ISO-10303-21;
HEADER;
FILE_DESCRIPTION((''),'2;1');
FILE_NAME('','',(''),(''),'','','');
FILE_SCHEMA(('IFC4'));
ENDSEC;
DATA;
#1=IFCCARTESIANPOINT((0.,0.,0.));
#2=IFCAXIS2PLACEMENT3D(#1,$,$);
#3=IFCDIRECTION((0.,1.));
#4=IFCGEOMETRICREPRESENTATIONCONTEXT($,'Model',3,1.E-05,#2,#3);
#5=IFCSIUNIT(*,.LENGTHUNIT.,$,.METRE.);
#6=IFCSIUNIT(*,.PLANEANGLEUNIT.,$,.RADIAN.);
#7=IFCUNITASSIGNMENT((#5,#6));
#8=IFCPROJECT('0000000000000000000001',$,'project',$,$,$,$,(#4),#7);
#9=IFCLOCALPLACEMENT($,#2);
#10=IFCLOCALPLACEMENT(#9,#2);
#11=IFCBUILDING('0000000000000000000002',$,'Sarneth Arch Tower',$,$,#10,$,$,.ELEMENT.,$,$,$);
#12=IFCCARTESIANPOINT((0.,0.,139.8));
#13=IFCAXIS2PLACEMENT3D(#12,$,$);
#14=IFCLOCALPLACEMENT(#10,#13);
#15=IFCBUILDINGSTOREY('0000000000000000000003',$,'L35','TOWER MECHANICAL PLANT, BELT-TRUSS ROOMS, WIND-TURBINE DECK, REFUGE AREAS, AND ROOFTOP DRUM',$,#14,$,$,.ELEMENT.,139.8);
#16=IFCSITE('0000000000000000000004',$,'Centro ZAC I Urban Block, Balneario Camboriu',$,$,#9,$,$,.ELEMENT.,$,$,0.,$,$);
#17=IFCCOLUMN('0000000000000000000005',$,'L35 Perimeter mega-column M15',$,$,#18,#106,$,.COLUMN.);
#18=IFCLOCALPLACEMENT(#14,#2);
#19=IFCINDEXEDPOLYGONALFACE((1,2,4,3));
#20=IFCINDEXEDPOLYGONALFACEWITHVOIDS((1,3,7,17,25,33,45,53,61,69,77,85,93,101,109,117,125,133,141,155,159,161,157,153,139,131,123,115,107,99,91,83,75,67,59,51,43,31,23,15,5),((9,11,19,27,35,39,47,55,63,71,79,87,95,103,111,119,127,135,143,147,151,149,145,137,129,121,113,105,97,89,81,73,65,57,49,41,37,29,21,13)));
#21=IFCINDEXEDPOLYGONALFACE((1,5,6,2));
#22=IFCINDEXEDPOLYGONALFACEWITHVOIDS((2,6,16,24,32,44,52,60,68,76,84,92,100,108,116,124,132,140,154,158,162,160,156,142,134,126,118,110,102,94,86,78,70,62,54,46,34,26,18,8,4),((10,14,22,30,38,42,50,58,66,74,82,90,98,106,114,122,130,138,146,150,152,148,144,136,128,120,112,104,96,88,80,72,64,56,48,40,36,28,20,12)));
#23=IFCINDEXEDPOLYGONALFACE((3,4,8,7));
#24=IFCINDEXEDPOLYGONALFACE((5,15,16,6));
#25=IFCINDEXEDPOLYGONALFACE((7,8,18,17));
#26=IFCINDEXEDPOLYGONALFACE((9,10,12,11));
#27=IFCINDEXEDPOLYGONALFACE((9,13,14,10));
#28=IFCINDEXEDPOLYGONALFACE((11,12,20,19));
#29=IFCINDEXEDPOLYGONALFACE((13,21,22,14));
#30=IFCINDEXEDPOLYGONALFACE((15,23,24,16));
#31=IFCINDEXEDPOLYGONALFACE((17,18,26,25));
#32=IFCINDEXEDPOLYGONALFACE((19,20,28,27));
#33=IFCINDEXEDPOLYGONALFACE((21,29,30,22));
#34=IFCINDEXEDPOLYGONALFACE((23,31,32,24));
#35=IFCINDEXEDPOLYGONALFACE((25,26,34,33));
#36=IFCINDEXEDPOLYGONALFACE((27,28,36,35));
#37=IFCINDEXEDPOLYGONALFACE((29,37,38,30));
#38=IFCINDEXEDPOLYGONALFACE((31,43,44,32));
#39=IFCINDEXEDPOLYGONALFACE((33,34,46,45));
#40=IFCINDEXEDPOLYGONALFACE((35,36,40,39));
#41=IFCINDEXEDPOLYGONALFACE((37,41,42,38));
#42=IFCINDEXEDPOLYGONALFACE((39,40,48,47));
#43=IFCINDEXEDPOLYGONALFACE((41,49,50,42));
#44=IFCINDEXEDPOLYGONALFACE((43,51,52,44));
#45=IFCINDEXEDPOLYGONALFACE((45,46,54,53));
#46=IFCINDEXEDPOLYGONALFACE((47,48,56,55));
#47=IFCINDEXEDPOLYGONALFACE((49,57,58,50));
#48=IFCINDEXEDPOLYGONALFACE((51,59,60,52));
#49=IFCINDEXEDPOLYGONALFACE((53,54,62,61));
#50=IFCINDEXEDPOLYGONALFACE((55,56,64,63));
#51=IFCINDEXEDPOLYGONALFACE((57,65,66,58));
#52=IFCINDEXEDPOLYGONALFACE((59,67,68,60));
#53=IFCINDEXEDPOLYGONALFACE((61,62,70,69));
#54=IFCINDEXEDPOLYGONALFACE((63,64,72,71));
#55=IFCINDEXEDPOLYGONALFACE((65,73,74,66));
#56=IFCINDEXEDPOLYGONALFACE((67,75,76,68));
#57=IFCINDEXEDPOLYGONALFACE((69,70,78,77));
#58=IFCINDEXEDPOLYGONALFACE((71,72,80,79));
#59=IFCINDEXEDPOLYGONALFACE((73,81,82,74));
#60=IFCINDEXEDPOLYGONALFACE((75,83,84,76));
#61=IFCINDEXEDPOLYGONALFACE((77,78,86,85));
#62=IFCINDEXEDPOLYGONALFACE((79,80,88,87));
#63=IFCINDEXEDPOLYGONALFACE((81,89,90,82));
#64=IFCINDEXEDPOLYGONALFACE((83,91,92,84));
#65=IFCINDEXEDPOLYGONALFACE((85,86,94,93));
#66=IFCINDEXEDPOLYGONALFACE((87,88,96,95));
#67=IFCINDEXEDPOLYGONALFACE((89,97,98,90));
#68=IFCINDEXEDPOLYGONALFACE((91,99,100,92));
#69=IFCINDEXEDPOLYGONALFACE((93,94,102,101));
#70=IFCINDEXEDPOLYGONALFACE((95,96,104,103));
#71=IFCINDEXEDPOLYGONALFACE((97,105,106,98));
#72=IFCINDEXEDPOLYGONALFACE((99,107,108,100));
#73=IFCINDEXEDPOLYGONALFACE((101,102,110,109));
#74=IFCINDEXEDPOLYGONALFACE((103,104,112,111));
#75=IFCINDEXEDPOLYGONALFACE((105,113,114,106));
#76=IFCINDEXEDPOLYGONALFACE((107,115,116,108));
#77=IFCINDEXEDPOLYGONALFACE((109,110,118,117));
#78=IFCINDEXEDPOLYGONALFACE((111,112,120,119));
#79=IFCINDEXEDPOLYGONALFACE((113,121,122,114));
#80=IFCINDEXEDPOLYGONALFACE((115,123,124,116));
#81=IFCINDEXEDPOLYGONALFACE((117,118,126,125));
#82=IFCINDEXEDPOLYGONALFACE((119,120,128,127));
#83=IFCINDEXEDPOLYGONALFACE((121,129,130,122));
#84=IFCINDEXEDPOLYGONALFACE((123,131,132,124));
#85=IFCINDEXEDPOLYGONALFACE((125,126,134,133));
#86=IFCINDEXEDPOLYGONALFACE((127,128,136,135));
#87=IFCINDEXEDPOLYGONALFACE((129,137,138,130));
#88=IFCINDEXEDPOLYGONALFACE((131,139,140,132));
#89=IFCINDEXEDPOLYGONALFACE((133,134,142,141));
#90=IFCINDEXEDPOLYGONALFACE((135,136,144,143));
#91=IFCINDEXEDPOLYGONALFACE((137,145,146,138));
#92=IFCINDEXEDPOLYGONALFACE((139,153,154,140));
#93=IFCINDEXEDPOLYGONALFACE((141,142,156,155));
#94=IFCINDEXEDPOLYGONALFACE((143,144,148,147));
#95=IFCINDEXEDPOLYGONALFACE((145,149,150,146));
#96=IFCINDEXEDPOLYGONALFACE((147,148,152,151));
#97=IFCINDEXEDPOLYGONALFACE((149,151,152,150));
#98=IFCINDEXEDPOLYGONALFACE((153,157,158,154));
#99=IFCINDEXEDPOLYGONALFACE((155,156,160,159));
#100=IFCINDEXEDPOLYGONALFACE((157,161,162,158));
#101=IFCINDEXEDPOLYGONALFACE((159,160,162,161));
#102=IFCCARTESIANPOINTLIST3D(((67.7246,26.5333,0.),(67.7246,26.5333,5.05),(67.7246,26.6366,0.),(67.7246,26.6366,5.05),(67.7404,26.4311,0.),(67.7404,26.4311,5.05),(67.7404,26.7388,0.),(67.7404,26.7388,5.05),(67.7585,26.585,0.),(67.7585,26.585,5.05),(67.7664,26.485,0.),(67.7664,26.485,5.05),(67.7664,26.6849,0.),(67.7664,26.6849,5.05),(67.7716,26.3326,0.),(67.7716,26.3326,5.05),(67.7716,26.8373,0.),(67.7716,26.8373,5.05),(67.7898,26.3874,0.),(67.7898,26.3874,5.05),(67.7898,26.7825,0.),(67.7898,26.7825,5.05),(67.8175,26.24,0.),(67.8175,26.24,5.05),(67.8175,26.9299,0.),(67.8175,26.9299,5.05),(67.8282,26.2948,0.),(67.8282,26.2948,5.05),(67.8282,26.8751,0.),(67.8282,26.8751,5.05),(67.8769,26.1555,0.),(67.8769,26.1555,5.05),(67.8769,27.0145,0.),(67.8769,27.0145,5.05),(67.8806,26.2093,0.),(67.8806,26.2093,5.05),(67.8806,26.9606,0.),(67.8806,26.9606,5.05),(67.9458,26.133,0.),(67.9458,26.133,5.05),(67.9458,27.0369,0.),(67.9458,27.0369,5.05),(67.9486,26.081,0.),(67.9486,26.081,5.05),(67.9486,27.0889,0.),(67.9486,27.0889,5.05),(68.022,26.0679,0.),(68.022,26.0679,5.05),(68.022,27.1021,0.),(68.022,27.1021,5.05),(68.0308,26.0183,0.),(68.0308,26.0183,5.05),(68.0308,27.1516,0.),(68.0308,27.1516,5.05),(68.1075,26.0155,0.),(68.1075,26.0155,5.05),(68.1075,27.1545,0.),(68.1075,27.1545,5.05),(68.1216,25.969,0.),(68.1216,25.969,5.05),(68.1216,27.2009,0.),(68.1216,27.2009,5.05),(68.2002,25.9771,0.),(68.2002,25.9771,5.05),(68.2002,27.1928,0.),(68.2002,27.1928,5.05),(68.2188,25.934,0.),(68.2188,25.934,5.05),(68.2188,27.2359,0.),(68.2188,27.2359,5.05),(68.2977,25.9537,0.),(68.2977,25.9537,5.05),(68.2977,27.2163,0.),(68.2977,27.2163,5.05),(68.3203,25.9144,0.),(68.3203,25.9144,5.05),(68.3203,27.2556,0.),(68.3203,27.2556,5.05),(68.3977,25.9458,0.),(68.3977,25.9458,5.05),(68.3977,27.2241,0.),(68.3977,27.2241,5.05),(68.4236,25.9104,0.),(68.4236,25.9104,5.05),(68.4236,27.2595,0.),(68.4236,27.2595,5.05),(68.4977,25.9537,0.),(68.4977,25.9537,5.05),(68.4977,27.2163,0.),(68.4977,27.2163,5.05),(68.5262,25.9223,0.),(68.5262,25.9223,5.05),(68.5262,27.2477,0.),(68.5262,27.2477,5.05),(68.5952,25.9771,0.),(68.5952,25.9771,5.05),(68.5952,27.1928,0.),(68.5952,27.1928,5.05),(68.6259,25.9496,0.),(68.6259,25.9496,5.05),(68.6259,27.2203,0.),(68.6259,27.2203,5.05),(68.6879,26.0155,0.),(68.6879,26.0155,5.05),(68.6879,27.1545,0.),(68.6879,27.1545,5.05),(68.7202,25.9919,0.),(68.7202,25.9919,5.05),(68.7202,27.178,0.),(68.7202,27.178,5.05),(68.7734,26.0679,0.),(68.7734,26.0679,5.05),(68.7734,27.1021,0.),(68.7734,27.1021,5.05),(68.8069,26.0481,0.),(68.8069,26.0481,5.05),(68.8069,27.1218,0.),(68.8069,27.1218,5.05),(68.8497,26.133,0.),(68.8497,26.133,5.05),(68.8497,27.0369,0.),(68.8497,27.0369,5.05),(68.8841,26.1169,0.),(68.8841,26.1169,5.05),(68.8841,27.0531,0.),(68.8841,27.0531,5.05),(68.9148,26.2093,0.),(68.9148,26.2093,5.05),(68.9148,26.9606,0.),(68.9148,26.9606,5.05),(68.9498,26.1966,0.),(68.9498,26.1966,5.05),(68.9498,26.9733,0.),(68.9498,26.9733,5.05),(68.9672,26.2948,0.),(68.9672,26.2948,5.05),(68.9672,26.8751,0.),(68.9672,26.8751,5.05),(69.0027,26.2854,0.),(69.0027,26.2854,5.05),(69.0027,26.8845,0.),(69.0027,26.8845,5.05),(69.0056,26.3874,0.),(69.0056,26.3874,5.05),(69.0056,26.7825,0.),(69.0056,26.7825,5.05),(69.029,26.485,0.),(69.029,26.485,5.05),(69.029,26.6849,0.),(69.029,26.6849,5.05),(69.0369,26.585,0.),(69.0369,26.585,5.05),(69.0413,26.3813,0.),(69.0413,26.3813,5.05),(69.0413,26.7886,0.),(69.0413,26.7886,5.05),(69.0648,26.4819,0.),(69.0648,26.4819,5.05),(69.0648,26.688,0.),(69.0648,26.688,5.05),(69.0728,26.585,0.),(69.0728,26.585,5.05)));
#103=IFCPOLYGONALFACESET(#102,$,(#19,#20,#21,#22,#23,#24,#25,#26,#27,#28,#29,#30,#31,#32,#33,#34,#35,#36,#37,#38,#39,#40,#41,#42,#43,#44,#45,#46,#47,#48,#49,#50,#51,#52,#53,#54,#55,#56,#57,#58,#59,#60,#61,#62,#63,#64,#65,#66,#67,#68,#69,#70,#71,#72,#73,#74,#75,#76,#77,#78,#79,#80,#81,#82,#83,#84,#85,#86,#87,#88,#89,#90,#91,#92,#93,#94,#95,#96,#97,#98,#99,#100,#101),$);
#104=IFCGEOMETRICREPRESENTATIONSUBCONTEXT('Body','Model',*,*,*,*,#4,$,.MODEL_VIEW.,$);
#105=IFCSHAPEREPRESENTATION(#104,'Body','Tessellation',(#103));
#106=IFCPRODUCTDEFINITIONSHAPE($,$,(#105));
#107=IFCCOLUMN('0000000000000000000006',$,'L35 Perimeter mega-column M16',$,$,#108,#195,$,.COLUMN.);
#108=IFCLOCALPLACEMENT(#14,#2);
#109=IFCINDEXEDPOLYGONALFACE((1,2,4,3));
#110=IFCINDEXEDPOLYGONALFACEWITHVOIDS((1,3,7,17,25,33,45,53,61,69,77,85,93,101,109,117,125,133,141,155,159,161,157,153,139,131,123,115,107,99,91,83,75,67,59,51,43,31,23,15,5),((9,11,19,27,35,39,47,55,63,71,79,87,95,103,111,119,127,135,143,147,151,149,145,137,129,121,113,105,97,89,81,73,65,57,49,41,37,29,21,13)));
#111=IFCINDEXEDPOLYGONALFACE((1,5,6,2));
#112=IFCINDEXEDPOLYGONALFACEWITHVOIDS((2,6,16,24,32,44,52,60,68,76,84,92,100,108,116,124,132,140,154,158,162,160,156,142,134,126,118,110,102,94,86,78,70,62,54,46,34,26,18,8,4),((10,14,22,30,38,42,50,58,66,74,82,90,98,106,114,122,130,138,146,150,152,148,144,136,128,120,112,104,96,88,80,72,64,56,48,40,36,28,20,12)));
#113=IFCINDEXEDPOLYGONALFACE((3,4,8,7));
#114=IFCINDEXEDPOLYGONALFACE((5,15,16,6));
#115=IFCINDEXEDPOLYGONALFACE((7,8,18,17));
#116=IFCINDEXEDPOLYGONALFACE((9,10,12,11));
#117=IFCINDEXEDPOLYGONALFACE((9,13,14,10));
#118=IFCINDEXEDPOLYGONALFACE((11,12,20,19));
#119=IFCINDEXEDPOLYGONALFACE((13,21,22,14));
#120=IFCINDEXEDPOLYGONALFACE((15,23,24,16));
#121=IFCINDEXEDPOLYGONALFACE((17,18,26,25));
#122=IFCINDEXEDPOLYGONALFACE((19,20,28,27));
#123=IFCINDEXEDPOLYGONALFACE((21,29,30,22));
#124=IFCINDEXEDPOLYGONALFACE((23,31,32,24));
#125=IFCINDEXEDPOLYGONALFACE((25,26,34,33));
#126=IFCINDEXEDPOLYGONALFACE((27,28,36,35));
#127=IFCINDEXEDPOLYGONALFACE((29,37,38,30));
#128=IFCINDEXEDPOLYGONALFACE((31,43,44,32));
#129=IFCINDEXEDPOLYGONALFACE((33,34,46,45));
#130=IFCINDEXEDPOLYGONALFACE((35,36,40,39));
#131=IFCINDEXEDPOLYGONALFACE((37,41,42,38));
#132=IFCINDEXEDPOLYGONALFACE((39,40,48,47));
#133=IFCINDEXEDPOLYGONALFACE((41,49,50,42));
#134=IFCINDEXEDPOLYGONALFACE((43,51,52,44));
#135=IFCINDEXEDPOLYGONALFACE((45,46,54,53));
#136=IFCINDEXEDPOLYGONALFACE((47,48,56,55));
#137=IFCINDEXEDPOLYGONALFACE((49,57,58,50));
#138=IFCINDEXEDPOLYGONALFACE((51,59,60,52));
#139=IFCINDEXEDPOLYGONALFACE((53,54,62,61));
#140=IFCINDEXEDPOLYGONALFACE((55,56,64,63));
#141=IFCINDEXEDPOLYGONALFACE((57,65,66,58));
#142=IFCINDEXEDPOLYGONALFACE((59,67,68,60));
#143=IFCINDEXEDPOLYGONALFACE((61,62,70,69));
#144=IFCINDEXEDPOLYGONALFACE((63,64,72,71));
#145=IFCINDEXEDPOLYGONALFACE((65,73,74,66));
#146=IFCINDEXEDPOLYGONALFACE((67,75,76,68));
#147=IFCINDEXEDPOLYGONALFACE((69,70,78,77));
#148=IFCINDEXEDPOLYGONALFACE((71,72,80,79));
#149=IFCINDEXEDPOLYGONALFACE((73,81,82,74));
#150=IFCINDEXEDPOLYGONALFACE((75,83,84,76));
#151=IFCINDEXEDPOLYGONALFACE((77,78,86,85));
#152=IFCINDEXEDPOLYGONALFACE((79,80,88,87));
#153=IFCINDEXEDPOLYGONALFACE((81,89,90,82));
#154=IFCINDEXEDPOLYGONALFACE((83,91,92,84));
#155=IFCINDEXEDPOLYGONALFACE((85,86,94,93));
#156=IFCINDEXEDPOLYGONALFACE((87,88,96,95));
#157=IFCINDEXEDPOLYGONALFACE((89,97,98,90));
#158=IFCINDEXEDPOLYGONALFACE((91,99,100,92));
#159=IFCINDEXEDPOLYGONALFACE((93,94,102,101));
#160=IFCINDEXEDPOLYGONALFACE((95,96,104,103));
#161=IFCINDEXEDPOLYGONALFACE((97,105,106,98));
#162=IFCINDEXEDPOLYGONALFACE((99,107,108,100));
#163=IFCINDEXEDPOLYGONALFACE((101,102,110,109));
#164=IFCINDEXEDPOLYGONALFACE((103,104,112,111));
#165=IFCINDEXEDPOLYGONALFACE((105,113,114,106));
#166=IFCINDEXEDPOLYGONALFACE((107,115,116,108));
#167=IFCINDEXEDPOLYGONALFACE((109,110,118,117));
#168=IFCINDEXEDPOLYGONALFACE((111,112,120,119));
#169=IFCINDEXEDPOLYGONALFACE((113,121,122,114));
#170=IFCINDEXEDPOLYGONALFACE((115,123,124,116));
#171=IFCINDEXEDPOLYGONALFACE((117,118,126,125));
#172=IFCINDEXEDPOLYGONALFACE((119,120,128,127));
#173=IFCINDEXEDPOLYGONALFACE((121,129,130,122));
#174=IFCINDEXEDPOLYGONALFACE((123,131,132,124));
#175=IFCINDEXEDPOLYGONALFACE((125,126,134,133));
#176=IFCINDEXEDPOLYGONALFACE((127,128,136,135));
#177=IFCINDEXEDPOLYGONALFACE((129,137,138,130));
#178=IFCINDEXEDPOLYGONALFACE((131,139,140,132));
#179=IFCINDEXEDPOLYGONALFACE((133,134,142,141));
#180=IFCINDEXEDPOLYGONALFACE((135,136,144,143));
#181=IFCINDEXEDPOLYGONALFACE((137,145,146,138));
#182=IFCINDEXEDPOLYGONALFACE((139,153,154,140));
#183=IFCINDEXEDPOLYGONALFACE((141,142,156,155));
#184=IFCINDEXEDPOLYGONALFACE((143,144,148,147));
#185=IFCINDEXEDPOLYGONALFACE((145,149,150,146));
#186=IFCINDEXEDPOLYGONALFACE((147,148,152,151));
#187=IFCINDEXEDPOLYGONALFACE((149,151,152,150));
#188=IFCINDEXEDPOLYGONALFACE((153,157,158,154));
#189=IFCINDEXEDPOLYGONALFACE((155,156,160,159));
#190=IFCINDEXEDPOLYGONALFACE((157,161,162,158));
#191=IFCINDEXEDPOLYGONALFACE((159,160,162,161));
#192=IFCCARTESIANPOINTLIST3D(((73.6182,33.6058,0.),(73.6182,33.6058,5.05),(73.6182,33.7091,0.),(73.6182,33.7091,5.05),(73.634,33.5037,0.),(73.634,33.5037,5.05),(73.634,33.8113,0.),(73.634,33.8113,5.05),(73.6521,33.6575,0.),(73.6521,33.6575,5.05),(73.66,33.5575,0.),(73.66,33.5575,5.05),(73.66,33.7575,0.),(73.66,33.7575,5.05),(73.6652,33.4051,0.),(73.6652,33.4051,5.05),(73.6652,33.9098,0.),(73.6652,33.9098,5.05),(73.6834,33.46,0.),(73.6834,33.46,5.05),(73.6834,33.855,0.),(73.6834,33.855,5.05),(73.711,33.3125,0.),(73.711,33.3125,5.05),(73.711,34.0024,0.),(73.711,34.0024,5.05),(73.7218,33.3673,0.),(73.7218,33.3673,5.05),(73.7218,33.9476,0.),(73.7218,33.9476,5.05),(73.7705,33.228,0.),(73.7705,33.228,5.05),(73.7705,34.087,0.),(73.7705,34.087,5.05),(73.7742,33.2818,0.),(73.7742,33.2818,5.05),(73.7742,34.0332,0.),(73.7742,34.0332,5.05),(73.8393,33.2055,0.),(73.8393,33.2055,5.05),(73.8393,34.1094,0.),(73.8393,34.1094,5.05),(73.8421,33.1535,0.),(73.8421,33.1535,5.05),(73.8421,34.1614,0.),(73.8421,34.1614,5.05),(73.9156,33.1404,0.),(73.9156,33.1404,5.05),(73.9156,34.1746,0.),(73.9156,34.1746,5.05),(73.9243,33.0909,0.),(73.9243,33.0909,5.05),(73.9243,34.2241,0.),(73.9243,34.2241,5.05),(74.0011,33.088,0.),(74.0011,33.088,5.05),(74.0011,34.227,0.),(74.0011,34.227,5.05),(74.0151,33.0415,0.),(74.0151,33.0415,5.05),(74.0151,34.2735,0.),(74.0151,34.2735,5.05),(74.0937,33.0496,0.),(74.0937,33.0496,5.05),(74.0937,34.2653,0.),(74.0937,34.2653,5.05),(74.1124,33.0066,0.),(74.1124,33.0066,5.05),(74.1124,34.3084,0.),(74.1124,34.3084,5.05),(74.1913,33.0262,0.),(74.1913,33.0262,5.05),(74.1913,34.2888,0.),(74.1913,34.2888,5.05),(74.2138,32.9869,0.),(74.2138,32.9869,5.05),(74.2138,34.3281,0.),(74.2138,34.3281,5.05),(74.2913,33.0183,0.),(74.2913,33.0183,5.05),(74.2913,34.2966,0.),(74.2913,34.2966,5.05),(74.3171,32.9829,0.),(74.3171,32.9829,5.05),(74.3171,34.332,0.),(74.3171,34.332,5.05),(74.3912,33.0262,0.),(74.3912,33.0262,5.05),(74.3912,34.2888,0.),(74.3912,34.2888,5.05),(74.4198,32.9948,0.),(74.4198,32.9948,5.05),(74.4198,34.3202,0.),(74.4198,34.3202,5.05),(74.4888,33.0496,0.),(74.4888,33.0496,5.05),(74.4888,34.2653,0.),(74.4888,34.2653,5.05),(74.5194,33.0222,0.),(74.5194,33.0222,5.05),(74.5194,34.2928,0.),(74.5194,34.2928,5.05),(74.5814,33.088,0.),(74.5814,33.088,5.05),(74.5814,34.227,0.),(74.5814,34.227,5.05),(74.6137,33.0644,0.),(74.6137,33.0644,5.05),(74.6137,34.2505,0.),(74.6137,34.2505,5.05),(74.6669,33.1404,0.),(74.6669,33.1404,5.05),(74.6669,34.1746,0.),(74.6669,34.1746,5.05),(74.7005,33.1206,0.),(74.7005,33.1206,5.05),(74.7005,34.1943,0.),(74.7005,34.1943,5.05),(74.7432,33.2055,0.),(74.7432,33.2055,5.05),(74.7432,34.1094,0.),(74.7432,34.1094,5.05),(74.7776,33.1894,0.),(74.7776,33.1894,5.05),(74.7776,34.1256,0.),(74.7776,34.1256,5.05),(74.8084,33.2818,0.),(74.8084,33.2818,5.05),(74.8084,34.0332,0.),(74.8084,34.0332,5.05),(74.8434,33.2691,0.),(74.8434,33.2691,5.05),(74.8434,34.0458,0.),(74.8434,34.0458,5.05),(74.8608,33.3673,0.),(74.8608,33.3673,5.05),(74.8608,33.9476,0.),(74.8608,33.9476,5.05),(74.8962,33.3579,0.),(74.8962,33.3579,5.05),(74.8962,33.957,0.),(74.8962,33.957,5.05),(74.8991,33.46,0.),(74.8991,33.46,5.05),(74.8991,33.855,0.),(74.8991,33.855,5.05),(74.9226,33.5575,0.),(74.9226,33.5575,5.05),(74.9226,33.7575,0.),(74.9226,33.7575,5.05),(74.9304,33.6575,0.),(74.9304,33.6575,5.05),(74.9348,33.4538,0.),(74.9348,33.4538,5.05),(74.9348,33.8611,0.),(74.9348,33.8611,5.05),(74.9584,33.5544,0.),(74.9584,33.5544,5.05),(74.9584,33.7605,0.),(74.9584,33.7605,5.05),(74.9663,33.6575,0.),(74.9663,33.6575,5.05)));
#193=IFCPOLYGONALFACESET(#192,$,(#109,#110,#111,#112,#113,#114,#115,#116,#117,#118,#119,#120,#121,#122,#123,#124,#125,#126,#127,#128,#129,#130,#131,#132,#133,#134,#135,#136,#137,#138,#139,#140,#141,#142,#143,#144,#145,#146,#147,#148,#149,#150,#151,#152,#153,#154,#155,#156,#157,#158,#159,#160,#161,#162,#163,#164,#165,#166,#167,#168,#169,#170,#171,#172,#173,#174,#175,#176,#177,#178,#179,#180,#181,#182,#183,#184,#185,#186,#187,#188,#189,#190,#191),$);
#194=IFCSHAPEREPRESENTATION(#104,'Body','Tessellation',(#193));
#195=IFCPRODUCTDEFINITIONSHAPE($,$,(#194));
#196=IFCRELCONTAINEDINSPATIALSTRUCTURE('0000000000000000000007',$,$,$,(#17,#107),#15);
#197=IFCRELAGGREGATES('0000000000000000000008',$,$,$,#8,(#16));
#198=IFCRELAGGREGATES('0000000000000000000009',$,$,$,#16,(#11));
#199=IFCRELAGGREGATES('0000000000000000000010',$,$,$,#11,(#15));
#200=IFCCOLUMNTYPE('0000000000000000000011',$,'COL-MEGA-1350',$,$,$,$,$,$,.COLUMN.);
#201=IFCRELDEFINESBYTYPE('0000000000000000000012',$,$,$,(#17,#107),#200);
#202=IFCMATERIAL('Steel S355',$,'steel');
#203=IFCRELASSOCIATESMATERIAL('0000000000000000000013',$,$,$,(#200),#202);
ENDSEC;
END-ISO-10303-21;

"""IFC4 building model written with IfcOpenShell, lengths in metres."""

from ifc_helpers import new_model, si_unit, direction, frame, origin, origin_2d, place, context, subcontext, project, spatial, hollow_circle, extrude, material, material_profile, profile_set, type_object, element, save


model = new_model("IFC4")

# Units and contexts
model_context = context("Model", 3, precision=1e-05, world=origin(), true_north=direction((0.0, 1.0)))
body_context = subcontext(model_context, "Body", "Model", "MODEL_VIEW")
ifc_project = project(units=[si_unit("LENGTHUNIT", "METRE"), si_unit("PLANEANGLEUNIT", "RADIAN")], contexts=[model_context])

# Site, building, storey
site_placement = place(None, origin())
site = spatial("IfcSite", under=ifc_project, at=site_placement, Name="Centro ZAC I Urban Block, Balneario Camboriu", CompositionType="ELEMENT", RefElevation=0.0)
building_placement = place(site_placement, origin())
building = spatial("IfcBuilding", under=site, at=building_placement, Name="Sarneth Arch Tower", CompositionType="ELEMENT")
storey_placement = place(building_placement, frame((0.0, 0.0, 139.8)))
storey = spatial("IfcBuildingStorey", under=building, at=storey_placement, Name="L35", Description="TOWER MECHANICAL PLANT, BELT-TRUSS ROOMS, WIND-TURBINE DECK, REFUGE AREAS, AND ROOFTOP DRUM", CompositionType="ELEMENT", Elevation=139.8)

# Columns
ifc_material_1 = material(Name="Steel S355", Category="steel")
ifc_material_profile_1 = material_profile(ifc_material_1, hollow_circle(Radius=0.675, WallThickness=0.0359, at=origin_2d()), Name="CHS1350x36")
ifc_profile_set_1 = profile_set([ifc_material_profile_1], Name="Steel S355")
column_type = type_object("IfcColumnType", Name="COL-MEGA-1350", PredefinedType="COLUMN", material=ifc_profile_set_1)
for number, where, z_axis, x_axis, name in (
    (1, (68.3977, 26.585, 0.0), (0.0, 0.0, 1.0), (1.0, 0.0, 0.0), "L35 Perimeter mega-column M15"),
    (2, (74.2913, 33.6575, 0.0), (0.0, 0.0, 1.0), (1.0, 0.0, 0.0), "L35 Perimeter mega-column M16"),
):
    element("IfcColumn", number, at=place(storey_placement, frame(where, z_axis=z_axis, x_axis=x_axis)), inside=storey, type_object=column_type, Name=name, PredefinedType="COLUMN", context=body_context, shape_type="SweptSolid", body=[
        extrude(hollow_circle(Radius=0.675, WallThickness=0.0359, at=origin_2d()), origin(), (0.0, 0.0, 1.0), 5.05),
    ])

save(model, "model.ifc")
